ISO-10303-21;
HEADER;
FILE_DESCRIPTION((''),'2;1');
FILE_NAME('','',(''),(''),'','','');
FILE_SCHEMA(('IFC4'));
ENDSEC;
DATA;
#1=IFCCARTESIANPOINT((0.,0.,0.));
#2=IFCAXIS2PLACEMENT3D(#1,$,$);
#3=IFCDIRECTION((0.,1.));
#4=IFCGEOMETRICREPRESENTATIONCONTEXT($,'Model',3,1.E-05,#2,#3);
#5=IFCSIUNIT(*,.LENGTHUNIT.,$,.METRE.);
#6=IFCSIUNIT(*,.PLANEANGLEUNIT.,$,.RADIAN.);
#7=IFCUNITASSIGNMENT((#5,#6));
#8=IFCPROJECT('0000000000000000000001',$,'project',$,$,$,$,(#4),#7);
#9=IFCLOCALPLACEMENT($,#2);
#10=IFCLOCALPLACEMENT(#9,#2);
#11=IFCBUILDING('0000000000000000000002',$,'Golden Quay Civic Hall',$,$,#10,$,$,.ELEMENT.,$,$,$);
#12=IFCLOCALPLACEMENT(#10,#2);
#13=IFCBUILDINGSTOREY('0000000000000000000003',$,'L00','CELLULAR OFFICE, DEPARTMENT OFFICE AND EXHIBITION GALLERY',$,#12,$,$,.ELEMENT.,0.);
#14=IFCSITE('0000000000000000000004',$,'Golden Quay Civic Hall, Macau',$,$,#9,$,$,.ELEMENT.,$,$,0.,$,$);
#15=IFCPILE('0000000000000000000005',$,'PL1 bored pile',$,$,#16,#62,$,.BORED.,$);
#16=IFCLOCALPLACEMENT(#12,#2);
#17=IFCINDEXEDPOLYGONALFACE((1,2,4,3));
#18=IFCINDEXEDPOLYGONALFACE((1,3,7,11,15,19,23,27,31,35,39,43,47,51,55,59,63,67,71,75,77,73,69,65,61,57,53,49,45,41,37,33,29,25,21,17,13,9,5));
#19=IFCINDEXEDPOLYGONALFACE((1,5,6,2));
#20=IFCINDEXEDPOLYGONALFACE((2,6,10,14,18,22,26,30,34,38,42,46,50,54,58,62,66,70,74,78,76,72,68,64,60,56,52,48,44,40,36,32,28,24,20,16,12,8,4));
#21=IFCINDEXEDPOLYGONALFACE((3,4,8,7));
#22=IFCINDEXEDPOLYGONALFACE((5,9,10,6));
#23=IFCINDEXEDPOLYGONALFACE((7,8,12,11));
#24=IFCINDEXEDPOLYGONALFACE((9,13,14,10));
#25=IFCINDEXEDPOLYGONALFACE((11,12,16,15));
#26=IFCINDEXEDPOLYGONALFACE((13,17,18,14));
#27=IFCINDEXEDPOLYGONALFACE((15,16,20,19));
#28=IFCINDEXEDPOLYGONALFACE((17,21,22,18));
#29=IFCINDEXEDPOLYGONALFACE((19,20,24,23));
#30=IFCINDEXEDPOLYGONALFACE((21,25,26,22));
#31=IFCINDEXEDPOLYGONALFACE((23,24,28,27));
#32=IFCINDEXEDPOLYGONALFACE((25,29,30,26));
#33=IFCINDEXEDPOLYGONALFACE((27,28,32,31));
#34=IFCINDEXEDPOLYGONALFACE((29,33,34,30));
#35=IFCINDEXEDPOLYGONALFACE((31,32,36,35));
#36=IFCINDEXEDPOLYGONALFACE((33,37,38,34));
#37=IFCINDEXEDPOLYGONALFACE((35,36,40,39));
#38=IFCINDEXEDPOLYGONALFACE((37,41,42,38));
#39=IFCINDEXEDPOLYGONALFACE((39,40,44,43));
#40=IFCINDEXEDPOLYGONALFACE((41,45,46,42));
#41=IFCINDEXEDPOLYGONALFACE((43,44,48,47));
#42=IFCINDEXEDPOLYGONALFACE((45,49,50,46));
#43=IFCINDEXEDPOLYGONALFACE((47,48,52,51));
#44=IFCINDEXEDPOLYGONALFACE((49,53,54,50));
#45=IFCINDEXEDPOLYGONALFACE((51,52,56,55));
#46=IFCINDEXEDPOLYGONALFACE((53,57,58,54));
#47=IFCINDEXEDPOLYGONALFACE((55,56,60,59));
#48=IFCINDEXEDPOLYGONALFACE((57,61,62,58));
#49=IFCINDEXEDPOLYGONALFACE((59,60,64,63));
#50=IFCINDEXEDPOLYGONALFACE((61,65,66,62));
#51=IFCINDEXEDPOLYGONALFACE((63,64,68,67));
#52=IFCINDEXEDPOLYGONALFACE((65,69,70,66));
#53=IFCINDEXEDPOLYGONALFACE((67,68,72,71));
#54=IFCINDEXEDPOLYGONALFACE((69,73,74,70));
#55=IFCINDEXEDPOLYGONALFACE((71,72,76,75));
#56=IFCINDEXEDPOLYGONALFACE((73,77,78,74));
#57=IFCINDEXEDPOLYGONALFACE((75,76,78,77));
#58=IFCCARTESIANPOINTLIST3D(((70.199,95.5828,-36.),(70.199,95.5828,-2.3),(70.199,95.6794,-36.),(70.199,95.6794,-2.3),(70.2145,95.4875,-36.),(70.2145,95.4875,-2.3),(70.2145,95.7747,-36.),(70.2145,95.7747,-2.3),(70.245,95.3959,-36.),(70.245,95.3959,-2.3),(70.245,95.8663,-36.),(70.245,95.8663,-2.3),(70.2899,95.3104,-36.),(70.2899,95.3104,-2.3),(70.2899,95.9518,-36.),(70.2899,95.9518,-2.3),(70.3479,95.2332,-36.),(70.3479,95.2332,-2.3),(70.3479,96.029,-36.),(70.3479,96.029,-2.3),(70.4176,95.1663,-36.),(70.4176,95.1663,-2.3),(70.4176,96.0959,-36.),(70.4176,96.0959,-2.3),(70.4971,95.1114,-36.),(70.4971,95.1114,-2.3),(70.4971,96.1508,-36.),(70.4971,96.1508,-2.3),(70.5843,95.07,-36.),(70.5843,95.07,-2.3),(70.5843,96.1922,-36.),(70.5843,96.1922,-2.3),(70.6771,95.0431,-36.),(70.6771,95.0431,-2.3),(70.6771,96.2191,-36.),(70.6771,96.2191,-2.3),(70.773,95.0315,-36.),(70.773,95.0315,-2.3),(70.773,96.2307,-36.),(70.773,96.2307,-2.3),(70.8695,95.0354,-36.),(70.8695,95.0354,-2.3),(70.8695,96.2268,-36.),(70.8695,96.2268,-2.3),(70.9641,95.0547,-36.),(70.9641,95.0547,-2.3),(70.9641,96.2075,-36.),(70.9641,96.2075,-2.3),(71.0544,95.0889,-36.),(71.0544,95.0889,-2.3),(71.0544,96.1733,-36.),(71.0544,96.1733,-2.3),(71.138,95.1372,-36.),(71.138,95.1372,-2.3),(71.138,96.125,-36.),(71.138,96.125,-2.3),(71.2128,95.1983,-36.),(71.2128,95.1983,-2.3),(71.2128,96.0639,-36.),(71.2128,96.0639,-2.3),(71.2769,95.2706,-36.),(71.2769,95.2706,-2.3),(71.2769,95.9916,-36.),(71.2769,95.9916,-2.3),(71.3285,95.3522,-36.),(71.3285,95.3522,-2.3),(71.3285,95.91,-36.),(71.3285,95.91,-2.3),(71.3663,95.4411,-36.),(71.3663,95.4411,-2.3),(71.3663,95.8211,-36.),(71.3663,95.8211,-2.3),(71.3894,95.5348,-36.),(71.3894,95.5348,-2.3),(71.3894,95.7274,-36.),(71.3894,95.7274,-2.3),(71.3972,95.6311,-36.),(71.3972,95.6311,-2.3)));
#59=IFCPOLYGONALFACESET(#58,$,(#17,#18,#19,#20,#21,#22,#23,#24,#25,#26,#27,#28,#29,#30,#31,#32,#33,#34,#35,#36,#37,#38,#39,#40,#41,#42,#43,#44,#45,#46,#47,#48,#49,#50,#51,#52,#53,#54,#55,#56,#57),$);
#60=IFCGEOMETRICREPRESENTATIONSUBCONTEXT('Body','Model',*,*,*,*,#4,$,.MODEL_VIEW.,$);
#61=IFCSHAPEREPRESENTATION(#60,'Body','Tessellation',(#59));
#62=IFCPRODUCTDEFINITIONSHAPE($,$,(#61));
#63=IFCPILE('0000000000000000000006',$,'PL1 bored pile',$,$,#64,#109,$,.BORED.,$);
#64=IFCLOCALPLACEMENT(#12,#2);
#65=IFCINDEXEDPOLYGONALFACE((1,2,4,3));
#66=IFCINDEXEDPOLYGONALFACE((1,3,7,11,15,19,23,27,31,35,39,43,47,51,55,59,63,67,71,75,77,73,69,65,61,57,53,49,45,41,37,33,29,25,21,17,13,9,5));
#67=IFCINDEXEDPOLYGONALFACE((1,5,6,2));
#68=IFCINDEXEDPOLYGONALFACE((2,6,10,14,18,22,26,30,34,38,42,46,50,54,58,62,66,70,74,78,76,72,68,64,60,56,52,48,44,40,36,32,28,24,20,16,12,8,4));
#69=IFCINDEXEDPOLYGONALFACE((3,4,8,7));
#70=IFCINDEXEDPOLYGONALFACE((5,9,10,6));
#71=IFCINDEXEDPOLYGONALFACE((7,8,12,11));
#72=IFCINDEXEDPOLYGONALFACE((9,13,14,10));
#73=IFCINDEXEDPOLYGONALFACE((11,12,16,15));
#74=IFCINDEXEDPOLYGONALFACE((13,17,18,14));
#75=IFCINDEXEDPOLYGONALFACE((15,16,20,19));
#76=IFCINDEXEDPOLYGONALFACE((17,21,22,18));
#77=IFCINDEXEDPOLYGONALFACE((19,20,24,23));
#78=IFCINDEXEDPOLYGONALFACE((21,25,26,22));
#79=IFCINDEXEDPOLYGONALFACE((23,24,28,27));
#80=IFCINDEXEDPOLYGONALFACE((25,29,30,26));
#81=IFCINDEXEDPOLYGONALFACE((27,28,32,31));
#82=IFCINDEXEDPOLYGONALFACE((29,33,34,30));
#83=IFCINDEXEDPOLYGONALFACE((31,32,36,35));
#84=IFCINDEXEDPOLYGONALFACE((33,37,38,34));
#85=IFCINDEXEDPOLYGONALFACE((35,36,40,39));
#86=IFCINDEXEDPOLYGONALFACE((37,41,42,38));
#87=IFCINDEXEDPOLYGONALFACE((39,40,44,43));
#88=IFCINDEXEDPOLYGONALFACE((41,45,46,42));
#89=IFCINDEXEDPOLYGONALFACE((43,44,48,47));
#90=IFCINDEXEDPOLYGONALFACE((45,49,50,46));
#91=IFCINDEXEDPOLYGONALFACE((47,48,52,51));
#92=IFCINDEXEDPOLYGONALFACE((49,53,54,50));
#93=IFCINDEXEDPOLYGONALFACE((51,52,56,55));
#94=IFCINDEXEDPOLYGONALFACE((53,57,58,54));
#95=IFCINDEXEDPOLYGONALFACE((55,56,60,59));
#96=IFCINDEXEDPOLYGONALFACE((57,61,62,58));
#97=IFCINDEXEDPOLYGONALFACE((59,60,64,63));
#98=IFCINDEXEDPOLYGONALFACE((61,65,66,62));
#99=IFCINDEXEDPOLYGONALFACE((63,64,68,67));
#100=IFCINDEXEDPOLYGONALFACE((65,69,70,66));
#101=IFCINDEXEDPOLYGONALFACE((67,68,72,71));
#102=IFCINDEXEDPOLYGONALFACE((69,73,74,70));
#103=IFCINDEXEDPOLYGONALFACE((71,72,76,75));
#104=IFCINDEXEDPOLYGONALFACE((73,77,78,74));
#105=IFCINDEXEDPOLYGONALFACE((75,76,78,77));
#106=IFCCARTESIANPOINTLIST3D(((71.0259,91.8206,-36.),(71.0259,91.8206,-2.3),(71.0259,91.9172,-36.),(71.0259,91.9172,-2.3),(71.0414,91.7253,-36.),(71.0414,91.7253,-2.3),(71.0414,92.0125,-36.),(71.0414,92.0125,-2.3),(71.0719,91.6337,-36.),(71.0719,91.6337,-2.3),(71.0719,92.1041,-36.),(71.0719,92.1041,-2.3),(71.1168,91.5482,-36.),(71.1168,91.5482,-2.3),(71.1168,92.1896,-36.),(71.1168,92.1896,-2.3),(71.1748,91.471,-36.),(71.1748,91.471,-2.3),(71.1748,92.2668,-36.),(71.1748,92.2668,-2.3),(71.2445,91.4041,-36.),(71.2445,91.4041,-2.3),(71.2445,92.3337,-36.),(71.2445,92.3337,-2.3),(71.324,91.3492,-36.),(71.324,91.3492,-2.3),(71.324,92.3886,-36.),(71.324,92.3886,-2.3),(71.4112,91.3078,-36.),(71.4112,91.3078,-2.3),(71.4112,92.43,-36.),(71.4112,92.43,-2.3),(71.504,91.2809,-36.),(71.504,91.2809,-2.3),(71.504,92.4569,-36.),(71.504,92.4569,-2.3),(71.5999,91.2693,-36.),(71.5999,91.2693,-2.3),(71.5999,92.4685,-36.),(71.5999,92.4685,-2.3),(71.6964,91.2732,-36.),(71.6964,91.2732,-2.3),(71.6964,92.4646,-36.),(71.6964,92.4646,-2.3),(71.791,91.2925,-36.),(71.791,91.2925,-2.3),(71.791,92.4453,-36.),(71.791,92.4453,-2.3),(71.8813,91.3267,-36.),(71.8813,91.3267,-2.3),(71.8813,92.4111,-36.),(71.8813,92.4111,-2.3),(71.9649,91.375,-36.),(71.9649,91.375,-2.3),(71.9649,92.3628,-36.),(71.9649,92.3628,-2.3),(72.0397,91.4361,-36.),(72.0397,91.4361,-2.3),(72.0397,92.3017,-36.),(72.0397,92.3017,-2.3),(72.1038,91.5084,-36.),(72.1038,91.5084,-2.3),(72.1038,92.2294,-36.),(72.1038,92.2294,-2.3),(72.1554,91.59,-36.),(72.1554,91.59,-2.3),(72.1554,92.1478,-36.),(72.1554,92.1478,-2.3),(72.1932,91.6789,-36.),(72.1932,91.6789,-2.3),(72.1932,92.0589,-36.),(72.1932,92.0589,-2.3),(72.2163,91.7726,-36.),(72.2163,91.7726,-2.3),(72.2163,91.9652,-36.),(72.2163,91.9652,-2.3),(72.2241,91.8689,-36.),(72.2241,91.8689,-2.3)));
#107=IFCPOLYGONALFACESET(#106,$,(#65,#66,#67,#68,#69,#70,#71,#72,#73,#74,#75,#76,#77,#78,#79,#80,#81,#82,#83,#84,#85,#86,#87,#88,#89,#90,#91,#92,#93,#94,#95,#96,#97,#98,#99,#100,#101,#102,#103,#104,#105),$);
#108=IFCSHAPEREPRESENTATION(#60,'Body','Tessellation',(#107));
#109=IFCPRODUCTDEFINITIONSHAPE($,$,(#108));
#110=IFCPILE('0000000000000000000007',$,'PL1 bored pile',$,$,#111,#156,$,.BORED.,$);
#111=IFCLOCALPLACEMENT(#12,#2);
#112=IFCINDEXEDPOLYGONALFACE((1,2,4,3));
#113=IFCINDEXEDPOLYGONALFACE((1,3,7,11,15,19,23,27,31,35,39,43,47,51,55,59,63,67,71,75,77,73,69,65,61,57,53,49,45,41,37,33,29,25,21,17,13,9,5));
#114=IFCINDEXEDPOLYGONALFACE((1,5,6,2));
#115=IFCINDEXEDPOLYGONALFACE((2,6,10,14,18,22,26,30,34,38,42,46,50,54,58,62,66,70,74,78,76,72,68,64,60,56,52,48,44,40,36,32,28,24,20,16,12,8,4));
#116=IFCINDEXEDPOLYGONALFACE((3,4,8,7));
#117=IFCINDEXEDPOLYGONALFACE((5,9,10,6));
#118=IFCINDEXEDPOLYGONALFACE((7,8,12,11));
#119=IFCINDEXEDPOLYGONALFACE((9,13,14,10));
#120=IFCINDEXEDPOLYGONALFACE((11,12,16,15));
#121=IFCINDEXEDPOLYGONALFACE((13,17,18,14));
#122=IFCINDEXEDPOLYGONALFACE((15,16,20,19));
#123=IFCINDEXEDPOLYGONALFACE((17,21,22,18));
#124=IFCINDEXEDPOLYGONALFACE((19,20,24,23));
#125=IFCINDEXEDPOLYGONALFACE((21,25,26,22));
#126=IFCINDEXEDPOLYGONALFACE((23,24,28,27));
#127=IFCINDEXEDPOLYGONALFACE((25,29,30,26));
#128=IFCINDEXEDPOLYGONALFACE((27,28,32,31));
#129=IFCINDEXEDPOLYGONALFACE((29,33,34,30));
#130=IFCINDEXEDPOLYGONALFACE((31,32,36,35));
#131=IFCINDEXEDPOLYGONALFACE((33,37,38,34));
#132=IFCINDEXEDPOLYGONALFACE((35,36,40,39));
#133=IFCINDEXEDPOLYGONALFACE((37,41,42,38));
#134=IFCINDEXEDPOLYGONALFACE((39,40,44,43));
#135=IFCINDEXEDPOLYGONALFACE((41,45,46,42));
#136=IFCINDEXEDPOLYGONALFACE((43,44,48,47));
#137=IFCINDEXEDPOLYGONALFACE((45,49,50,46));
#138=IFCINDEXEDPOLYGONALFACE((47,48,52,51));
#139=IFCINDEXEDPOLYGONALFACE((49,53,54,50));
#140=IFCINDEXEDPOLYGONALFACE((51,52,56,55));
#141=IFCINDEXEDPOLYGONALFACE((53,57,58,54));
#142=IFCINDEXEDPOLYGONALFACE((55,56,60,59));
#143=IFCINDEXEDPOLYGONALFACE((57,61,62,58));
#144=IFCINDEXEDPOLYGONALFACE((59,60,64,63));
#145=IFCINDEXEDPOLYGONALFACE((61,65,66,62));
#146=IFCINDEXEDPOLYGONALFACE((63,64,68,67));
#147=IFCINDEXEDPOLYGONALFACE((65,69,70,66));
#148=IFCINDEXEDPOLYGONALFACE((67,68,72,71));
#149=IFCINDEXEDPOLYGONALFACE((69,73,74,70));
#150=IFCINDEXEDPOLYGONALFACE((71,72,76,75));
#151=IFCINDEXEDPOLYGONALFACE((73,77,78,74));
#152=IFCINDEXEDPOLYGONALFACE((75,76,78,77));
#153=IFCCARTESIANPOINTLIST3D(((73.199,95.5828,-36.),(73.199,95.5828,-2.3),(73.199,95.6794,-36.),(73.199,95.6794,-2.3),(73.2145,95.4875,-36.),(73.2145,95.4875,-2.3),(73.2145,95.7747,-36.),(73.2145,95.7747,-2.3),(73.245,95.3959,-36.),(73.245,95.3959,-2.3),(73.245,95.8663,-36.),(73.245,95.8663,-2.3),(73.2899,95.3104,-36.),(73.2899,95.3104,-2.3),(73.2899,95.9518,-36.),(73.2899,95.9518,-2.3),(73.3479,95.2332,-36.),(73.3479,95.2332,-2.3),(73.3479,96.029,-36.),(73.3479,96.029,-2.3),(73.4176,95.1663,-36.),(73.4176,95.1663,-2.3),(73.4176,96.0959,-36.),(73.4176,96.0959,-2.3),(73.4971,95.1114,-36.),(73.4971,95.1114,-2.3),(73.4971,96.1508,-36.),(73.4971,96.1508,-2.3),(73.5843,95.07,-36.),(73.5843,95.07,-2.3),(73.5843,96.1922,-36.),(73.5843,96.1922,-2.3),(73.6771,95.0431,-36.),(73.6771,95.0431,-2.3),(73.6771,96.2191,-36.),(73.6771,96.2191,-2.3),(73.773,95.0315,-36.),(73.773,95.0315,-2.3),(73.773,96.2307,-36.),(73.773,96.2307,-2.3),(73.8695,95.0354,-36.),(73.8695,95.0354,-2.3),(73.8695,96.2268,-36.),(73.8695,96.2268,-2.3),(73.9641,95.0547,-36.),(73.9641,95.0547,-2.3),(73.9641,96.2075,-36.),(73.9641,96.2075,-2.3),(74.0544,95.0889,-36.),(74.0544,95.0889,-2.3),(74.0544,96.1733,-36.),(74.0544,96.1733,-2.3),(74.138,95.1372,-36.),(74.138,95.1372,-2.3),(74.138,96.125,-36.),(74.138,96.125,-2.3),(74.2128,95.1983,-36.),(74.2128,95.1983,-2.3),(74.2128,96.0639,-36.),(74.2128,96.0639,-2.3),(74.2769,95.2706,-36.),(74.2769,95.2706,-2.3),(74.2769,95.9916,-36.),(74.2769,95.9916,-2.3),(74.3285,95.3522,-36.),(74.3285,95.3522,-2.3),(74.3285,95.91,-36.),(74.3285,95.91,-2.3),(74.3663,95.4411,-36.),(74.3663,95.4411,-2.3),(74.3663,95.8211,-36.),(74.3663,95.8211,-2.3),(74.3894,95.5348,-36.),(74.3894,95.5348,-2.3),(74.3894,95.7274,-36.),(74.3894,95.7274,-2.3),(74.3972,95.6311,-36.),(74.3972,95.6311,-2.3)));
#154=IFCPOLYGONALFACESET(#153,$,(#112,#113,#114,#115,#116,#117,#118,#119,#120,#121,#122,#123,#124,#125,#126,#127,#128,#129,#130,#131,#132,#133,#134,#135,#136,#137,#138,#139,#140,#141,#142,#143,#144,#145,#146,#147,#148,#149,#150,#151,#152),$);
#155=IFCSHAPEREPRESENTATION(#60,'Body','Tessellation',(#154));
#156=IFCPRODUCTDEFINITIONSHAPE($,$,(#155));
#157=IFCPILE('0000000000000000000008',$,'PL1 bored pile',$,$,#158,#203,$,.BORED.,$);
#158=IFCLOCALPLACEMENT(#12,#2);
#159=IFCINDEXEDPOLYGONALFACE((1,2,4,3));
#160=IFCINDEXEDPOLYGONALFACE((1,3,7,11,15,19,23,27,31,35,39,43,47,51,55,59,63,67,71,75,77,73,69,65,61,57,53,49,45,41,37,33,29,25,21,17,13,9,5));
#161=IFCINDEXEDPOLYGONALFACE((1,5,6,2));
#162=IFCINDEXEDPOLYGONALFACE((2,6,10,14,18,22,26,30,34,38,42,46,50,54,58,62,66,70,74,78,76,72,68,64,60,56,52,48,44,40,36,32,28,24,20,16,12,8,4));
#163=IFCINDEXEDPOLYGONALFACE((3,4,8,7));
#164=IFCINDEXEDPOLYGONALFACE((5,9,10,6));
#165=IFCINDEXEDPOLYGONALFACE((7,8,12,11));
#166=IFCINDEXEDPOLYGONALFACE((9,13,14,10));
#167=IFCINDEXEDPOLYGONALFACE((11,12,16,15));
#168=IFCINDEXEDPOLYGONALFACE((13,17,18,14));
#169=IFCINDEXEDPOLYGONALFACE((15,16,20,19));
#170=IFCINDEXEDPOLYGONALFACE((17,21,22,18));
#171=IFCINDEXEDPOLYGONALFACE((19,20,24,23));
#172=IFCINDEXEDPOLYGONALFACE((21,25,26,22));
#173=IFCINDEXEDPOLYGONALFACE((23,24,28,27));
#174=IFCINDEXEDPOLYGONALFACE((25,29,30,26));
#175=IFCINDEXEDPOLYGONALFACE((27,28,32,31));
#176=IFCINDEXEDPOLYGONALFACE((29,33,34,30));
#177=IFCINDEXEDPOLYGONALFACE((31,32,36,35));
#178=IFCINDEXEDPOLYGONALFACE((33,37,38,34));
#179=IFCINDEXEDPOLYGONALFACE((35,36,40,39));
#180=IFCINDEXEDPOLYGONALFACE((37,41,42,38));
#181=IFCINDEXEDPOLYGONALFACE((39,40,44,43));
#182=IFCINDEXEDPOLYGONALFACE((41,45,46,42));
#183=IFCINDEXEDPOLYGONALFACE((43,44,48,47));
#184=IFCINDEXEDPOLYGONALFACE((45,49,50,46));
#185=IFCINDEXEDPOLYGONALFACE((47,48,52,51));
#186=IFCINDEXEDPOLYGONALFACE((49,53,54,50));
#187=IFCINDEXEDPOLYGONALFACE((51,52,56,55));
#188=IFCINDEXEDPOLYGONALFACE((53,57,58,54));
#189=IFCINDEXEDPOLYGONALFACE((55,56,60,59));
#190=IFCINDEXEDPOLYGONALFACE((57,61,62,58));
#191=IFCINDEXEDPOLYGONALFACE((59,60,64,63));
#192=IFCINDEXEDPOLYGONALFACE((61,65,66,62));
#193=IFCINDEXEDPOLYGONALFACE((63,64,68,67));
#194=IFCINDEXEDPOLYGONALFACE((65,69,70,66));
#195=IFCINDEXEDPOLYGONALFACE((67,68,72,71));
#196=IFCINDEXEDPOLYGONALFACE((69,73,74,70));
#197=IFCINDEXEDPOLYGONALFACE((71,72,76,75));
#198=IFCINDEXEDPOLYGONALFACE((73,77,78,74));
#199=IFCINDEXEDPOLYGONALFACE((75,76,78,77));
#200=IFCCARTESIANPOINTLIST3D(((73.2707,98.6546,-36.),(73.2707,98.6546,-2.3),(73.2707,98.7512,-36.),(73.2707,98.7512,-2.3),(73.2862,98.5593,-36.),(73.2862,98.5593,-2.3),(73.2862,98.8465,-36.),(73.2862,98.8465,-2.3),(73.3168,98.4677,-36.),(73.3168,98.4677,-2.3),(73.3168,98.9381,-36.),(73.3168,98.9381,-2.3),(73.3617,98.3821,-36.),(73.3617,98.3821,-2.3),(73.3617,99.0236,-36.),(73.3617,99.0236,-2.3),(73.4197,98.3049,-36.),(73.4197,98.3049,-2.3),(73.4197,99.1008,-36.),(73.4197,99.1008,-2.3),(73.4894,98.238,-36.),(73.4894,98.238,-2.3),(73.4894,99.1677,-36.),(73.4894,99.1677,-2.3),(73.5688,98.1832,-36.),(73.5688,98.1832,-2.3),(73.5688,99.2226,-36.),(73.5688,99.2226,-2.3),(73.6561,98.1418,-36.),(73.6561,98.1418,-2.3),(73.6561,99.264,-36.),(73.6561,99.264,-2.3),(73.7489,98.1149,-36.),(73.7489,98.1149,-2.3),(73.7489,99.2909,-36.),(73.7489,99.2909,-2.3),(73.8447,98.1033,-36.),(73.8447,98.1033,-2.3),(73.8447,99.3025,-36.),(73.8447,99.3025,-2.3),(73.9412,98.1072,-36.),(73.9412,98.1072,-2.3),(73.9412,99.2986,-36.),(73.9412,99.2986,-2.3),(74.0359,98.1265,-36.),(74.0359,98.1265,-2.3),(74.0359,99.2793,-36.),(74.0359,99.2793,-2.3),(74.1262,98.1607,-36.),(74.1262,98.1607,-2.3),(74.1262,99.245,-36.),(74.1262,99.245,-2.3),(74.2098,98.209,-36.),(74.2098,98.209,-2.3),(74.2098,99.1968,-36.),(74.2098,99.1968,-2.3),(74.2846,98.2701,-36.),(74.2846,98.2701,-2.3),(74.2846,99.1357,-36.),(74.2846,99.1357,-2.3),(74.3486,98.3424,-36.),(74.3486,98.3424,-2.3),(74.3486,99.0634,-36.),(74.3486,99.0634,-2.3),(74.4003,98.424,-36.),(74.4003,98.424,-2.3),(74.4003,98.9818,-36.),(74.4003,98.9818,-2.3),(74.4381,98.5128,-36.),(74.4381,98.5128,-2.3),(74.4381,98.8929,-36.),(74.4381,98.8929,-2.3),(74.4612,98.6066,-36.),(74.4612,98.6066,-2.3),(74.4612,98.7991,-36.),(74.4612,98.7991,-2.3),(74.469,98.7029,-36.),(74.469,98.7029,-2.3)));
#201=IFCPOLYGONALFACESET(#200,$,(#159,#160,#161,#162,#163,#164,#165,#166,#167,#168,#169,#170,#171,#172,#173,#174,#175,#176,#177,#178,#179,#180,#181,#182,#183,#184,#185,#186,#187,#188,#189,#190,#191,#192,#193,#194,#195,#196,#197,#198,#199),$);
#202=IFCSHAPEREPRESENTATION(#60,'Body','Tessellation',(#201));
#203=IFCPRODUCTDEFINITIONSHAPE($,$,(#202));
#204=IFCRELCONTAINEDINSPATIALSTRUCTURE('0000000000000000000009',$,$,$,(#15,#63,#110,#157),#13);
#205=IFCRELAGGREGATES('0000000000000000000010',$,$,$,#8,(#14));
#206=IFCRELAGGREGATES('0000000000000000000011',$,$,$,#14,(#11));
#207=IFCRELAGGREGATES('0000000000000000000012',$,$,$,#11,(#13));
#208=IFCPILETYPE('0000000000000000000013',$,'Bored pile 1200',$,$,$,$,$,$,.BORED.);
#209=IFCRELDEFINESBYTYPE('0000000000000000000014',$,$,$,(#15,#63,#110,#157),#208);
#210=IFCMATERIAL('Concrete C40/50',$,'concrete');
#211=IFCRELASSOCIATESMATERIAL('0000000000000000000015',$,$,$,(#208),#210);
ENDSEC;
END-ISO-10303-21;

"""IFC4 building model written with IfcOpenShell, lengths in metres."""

from ifc_helpers import new_model, si_unit, direction, frame, origin, origin_2d, place, context, subcontext, project, spatial, circle, extrude, material, material_profile, profile_set, type_object, element, save


model = new_model("IFC4")

# Units and contexts
model_context = context("Model", 3, precision=1e-05, world=origin(), true_north=direction((0.0, 1.0)))
body_context = subcontext(model_context, "Body", "Model", "MODEL_VIEW")
ifc_project = project(units=[si_unit("LENGTHUNIT", "METRE"), si_unit("PLANEANGLEUNIT", "RADIAN")], contexts=[model_context])

# Site, building, storey
site_placement = place(None, origin())
site = spatial("IfcSite", under=ifc_project, at=site_placement, Name="Golden Quay Civic Hall, Macau", CompositionType="ELEMENT", RefElevation=0.0)
building_placement = place(site_placement, origin())
building = spatial("IfcBuilding", under=site, at=building_placement, Name="Golden Quay Civic Hall", CompositionType="ELEMENT")
storey_placement = place(building_placement, origin())
storey = spatial("IfcBuildingStorey", under=building, at=storey_placement, Name="L00", Description="CELLULAR OFFICE, DEPARTMENT OFFICE AND EXHIBITION GALLERY", CompositionType="ELEMENT", Elevation=0.0)

# Piles
ifc_material_1 = material(Name="Concrete C40/50", Category="concrete")
ifc_material_profile_1 = material_profile(ifc_material_1, circle(Radius=0.6001, at=origin_2d()), Name="RC D1200")
ifc_profile_set_1 = profile_set([ifc_material_profile_1], Name="Concrete C40/50")
pile_type = type_object("IfcPileType", Name="Bored pile 1200", PredefinedType="BORED", material=ifc_profile_set_1)
for number, where, z_axis, x_axis, name in (
    (1, (70.7971, 95.6311, -2.3), (0.0, 0.0, -1.0), (1.0, 0.0, 0.0), "PL1 bored pile"),
    (2, (71.624, 91.8689, -2.3), (0.0, 0.0, -1.0), (1.0, 0.0, 0.0), "PL1 bored pile"),
    (3, (73.7971, 95.6311, -2.3), (0.0, 0.0, -1.0), (1.0, 0.0, 0.0), "PL1 bored pile"),
    (4, (73.8689, 98.7029, -2.3), (0.0, 0.0, -1.0), (1.0, 0.0, 0.0), "PL1 bored pile"),
):
    element("IfcPile", number, at=place(storey_placement, frame(where, z_axis=z_axis, x_axis=x_axis)), inside=storey, type_object=pile_type, Name=name, PredefinedType="BORED", context=body_context, shape_type="SweptSolid", body=[
        extrude(circle(Radius=0.6001, at=origin_2d()), origin(), (0.0, 0.0, 1.0), 33.7),
    ])

save(model, "model.ifc")
